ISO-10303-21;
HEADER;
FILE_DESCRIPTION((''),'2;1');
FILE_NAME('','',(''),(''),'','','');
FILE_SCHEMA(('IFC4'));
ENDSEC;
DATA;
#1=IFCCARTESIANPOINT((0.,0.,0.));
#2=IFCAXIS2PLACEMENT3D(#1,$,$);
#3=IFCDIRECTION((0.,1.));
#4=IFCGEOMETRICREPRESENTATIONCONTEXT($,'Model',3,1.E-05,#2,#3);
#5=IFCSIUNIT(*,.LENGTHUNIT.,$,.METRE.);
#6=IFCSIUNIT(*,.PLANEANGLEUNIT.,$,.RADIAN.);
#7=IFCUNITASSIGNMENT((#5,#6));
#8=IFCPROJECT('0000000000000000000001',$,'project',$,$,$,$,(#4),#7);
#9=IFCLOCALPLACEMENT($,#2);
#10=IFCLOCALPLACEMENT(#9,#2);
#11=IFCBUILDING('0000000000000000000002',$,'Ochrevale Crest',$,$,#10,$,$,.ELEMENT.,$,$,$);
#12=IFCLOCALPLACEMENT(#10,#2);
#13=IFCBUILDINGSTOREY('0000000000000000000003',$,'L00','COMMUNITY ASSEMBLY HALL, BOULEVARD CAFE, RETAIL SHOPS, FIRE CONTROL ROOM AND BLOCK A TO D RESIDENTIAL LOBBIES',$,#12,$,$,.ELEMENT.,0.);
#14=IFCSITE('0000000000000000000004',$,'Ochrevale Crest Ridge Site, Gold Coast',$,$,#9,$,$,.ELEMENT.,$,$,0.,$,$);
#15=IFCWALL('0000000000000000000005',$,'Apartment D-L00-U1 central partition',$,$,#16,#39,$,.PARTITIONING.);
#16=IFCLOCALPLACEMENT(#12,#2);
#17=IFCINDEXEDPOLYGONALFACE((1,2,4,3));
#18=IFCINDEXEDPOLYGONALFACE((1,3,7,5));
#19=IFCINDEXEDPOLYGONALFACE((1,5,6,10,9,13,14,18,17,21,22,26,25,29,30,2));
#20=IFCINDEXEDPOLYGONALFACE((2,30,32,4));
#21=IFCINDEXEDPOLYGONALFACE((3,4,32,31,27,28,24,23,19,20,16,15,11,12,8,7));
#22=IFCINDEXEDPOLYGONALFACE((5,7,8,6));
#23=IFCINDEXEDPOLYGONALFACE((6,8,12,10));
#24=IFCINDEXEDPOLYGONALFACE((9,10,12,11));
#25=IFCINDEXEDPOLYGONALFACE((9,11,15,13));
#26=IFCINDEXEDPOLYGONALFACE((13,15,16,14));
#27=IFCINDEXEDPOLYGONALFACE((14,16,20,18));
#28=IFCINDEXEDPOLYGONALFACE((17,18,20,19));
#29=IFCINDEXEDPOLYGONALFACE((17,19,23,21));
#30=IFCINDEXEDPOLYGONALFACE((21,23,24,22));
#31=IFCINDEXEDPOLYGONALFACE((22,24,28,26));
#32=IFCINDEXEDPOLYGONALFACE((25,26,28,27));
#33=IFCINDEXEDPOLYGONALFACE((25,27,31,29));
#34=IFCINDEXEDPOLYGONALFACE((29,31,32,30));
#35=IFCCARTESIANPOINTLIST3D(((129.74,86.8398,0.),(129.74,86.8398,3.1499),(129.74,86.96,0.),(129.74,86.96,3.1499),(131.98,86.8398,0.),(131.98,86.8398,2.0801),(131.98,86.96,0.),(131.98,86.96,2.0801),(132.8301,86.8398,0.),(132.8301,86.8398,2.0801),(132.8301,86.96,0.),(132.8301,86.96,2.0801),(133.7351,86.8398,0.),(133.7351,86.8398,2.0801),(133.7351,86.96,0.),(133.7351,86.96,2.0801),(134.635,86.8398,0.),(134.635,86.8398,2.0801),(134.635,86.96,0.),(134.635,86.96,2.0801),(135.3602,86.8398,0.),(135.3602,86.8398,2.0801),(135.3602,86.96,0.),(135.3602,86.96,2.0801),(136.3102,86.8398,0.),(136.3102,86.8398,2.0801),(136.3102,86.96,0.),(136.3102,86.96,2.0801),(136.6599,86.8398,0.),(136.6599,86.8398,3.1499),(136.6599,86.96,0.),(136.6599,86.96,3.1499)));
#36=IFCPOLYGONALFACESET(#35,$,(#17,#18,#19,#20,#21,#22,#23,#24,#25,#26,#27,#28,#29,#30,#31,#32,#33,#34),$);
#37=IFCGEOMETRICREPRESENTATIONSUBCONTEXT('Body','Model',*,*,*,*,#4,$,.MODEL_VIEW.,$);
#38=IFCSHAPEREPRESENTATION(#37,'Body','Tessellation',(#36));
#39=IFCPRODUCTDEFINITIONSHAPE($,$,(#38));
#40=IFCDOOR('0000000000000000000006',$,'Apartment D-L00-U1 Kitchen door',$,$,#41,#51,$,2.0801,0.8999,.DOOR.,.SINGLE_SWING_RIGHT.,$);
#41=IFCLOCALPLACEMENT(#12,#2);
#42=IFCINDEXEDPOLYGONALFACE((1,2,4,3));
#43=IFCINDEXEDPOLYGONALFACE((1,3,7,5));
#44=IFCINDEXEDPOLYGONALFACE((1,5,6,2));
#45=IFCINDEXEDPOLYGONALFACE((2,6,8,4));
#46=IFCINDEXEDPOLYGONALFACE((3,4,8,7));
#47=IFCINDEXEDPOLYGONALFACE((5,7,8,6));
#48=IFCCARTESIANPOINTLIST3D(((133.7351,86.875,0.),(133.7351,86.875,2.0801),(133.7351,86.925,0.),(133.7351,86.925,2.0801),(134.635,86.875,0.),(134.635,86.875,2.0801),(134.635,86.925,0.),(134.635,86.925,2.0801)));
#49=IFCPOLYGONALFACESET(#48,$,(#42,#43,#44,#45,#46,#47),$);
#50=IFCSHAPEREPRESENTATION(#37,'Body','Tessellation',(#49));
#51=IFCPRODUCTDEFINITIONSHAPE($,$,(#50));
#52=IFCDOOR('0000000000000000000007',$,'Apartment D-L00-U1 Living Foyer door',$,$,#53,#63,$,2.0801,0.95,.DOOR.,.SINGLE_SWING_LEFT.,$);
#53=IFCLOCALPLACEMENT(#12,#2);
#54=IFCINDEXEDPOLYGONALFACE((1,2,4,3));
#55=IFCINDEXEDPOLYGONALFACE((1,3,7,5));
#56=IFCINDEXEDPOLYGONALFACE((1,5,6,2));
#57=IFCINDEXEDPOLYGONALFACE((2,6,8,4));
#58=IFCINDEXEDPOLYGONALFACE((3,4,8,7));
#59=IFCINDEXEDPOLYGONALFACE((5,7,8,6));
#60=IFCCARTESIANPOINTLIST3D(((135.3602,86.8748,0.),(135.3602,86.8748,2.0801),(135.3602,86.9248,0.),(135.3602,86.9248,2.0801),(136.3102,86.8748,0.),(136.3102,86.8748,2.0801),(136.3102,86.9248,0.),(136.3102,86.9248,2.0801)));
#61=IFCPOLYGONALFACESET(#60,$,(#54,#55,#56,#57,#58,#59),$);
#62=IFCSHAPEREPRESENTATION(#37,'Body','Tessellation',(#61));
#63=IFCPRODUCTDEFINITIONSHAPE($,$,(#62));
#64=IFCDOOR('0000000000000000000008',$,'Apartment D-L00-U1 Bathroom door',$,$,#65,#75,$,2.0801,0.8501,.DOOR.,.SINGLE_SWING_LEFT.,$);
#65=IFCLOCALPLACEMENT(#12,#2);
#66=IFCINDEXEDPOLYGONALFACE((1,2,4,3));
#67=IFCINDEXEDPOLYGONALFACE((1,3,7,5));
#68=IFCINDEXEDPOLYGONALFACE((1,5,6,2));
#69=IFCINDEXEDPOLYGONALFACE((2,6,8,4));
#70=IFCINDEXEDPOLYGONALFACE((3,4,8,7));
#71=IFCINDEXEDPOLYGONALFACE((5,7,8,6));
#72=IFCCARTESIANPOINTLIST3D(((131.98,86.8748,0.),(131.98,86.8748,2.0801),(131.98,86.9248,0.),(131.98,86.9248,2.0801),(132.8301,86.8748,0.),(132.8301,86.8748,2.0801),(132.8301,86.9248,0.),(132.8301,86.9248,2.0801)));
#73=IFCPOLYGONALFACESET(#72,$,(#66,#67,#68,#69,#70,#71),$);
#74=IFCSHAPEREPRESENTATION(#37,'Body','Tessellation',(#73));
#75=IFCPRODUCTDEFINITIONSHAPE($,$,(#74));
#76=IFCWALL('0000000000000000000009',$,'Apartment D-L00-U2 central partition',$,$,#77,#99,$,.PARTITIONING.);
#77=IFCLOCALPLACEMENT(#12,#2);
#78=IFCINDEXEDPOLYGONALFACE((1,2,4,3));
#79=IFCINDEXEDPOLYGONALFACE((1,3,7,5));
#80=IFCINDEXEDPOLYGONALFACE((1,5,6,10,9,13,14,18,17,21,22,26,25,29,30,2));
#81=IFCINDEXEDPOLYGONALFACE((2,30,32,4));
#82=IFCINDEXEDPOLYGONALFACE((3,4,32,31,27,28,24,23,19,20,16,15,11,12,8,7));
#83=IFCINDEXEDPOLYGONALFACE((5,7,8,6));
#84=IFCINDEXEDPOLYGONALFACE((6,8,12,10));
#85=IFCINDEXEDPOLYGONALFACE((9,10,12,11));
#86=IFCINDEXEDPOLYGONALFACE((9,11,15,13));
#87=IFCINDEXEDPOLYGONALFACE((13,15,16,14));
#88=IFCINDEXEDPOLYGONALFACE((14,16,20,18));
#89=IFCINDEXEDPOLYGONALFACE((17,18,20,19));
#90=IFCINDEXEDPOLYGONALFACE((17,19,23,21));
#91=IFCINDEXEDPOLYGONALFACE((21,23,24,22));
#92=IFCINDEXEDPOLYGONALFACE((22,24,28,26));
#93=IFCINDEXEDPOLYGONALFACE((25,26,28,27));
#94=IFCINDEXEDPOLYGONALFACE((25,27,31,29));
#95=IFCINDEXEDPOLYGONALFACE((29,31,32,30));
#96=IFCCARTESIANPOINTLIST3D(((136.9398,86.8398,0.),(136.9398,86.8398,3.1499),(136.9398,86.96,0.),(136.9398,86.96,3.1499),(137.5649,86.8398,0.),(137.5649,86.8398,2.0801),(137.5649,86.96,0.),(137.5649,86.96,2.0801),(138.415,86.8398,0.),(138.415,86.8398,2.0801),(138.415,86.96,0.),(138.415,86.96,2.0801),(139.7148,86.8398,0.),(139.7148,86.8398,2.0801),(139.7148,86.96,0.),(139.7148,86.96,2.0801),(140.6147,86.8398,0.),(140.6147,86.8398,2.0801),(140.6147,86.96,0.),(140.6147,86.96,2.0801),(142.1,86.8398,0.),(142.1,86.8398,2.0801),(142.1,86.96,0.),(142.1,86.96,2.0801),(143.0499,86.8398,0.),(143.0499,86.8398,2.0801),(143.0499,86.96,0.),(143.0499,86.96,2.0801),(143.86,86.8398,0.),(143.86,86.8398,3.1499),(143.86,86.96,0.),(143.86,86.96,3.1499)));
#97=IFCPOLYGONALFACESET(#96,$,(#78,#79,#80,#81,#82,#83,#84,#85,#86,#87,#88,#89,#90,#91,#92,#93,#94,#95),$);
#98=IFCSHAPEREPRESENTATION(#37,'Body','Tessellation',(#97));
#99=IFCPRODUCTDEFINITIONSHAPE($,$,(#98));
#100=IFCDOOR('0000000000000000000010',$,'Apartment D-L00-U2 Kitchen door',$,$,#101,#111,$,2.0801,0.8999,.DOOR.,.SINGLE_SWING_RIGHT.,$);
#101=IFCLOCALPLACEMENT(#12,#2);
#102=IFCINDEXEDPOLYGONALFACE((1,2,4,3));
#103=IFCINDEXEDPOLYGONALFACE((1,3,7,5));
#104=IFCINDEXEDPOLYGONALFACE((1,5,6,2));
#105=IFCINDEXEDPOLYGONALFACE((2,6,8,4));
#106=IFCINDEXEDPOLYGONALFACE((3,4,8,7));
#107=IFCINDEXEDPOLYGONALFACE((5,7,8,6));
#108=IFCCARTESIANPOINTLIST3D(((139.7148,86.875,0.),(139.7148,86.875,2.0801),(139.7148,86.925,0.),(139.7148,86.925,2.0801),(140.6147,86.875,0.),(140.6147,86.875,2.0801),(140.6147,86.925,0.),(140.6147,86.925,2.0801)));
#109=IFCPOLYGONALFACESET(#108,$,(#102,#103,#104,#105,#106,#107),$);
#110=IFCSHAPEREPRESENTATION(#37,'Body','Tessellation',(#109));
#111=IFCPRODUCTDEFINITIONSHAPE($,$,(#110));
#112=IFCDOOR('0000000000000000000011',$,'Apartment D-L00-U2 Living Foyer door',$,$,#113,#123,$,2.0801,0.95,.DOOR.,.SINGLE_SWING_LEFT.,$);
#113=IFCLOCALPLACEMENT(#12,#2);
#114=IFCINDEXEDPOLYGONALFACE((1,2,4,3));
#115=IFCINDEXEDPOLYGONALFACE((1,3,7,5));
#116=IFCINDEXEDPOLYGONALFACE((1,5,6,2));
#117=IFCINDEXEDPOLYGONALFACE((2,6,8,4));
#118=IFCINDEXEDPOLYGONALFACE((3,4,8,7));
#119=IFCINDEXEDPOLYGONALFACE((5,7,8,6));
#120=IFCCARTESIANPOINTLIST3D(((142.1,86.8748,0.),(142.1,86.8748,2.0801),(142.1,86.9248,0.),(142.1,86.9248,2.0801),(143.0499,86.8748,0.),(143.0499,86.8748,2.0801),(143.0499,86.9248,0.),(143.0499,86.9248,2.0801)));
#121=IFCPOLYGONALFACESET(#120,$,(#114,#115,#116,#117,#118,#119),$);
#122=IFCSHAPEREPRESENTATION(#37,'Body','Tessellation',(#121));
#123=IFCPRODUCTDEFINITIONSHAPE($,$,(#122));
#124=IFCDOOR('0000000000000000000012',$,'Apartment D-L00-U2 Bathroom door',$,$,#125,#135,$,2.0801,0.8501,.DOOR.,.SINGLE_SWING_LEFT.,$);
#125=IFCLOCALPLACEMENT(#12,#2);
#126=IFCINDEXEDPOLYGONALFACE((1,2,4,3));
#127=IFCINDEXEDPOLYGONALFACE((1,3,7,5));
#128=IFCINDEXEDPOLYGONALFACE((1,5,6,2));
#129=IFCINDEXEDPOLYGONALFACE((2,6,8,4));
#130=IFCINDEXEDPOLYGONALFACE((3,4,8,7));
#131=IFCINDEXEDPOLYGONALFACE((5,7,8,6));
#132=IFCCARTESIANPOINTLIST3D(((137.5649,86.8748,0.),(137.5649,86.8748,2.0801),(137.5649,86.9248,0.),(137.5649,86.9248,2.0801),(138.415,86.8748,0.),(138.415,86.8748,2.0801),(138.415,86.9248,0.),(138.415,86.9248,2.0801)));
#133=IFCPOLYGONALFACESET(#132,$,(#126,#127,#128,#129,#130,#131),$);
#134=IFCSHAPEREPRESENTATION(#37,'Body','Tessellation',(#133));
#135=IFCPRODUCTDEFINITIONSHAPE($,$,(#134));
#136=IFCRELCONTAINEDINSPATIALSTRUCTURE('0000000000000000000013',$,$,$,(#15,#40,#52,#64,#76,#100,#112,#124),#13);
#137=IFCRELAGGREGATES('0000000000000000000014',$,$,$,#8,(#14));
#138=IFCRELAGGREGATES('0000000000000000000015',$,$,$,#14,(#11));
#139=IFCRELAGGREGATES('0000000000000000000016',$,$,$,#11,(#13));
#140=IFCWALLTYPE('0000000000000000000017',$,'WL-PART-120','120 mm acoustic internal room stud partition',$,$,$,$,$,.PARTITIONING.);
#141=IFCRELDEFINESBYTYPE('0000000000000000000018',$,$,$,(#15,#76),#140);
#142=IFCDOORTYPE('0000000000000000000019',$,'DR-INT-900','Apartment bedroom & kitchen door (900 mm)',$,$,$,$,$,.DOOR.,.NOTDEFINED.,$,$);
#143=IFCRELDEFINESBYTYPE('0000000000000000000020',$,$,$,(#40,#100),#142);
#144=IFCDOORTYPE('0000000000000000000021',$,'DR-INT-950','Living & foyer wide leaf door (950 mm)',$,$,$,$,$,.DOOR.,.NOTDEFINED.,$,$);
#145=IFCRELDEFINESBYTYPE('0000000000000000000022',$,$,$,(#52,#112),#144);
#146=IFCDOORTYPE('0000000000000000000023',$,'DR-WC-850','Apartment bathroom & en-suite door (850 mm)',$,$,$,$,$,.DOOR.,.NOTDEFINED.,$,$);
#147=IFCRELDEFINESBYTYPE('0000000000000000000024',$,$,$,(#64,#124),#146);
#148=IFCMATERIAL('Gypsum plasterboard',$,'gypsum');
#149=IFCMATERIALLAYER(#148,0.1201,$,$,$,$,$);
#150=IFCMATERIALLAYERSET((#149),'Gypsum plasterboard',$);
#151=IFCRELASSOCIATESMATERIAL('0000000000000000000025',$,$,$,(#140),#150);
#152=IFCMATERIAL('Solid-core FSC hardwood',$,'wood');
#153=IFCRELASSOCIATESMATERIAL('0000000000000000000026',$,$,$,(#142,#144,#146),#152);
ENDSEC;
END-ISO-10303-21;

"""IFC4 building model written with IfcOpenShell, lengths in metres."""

from ifc_helpers import new_model, si_unit, direction, frame, frame_2d, origin, place, context, subcontext, project, spatial, rectangle, extrude, material, layer, layer_set, type_object, element, fill, save


model = new_model("IFC4")

# Units and contexts
model_context = context("Model", 3, precision=1e-05, world=origin(), true_north=direction((0.0, 1.0)))
body_context = subcontext(model_context, "Body", "Model", "MODEL_VIEW")
ifc_project = project(units=[si_unit("LENGTHUNIT", "METRE"), si_unit("PLANEANGLEUNIT", "RADIAN")], contexts=[model_context])

# Site, building, storey
site_placement = place(None, origin())
site = spatial("IfcSite", under=ifc_project, at=site_placement, Name="Ochrevale Crest Ridge Site, Gold Coast", CompositionType="ELEMENT", RefElevation=0.0)
building_placement = place(site_placement, origin())
building = spatial("IfcBuilding", under=site, at=building_placement, Name="Ochrevale Crest", CompositionType="ELEMENT")
storey_placement = place(building_placement, origin())
storey = spatial("IfcBuildingStorey", under=building, at=storey_placement, Name="L00", Description="COMMUNITY ASSEMBLY HALL, BOULEVARD CAFE, RETAIL SHOPS, FIRE CONTROL ROOM AND BLOCK A TO D RESIDENTIAL LOBBIES", CompositionType="ELEMENT", Elevation=0.0)

# Walls, openings, doors
ifc_material_1 = material(Name="Gypsum plasterboard", Category="gypsum")
ifc_layer_1 = layer(ifc_material_1, 0.1201)
ifc_layer_set_1 = layer_set([ifc_layer_1], Name="Gypsum plasterboard")
wall_type_1 = type_object("IfcWallType", Name="WL-PART-120", Description="120 mm acoustic internal room stud partition", PredefinedType="PARTITIONING", material=ifc_layer_set_1)
wall_1_placement = place(storey_placement, frame((129.74, 86.8999, 0.0), z_axis=(0.0, 0.0, 1.0), x_axis=(1.0, 0.0, 0.0)))
wall_1 = element("IfcWall", 1, at=wall_1_placement, inside=storey, type_object=wall_type_1, Name="Apartment D-L00-U1 central partition", PredefinedType="PARTITIONING", context=body_context, shape_type="SweptSolid", body=[
    extrude(rectangle(XDim=6.9199, YDim=0.1201, at=frame_2d((3.46, 0.0))), origin(), (0.0, 0.0, 1.0), 3.1499),
])
opening_1_placement = place(wall_1_placement, frame((2.24, 0.0, 0.0)))
opening_1 = element("IfcOpeningElement", 2, at=opening_1_placement, cuts=wall_1, PredefinedType="OPENING", context=body_context, shape_type="SweptSolid", body=[
    extrude(rectangle(XDim=0.8501, YDim=2.0801, at=frame_2d((0.425, 1.04))), frame((0.0, 0.0701, 0.0), z_axis=(0.0, -1.0, 0.0), x_axis=(1.0, 0.0, 0.0)), (0.0, 0.0, 1.0), 0.1401),
])
opening_2_placement = place(wall_1_placement, frame((4.895, 0.0, 0.0), z_axis=(0.0, 0.0, 1.0), x_axis=(-1.0, 0.0, 0.0)))
opening_2 = element("IfcOpeningElement", 3, at=opening_2_placement, cuts=wall_1, PredefinedType="OPENING", context=body_context, shape_type="SweptSolid", body=[
    extrude(rectangle(XDim=0.8999, YDim=2.0801, at=frame_2d((0.45, 1.04))), frame((0.0, 0.0701, 0.0), z_axis=(0.0, -1.0, 0.0), x_axis=(1.0, 0.0, 0.0)), (0.0, 0.0, 1.0), 0.1401),
])
opening_3_placement = place(wall_1_placement, frame((5.6201, 0.0, 0.0)))
opening_3 = element("IfcOpeningElement", 4, at=opening_3_placement, cuts=wall_1, PredefinedType="OPENING", context=body_context, shape_type="SweptSolid", body=[
    extrude(rectangle(XDim=0.95, YDim=2.0801, at=frame_2d((0.4751, 1.04))), frame((0.0, 0.0701, 0.0), z_axis=(0.0, -1.0, 0.0), x_axis=(1.0, 0.0, 0.0)), (0.0, 0.0, 1.0), 0.1401),
])
ifc_material_2 = material(Name="Solid-core FSC hardwood", Category="wood")
door_type_1 = type_object("IfcDoorType", Name="DR-INT-900", Description="Apartment bedroom & kitchen door (900 mm)", OperationType="NOTDEFINED", PredefinedType="DOOR", material=ifc_material_2)
door_1_placement = place(opening_2_placement, origin())
door_1 = element("IfcDoor", 5, at=door_1_placement, inside=storey, type_object=door_type_1, Name="Apartment D-L00-U1 Kitchen door", OperationType="SINGLE_SWING_RIGHT", OverallHeight=2.0801, OverallWidth=0.8999, PredefinedType="DOOR", context=body_context, shape_type="SweptSolid", body=[
    extrude(rectangle(XDim=0.8999, YDim=2.0801, at=frame_2d((0.45, 1.04))), frame((0.0, 0.0249, 0.0), z_axis=(0.0, -1.0, 0.0), x_axis=(1.0, 0.0, 0.0)), (0.0, 0.0, 1.0), 0.05),
])
fill(opening_2, door_1)
door_type_2 = type_object("IfcDoorType", Name="DR-INT-950", Description="Living & foyer wide leaf door (950 mm)", OperationType="NOTDEFINED", PredefinedType="DOOR", material=ifc_material_2)
door_2_placement = place(opening_3_placement, origin())
door_2 = element("IfcDoor", 6, at=door_2_placement, inside=storey, type_object=door_type_2, Name="Apartment D-L00-U1 Living Foyer door", OperationType="SINGLE_SWING_LEFT", OverallHeight=2.0801, OverallWidth=0.95, PredefinedType="DOOR", context=body_context, shape_type="SweptSolid", body=[
    extrude(rectangle(XDim=0.95, YDim=2.0801, at=frame_2d((0.4751, 1.04))), frame((0.0, 0.0249, 0.0), z_axis=(0.0, -1.0, 0.0), x_axis=(1.0, 0.0, 0.0)), (0.0, 0.0, 1.0), 0.05),
])
fill(opening_3, door_2)
door_type_3 = type_object("IfcDoorType", Name="DR-WC-850", Description="Apartment bathroom & en-suite door (850 mm)", OperationType="NOTDEFINED", PredefinedType="DOOR", material=ifc_material_2)
door_3_placement = place(opening_1_placement, origin())
door_3 = element("IfcDoor", 7, at=door_3_placement, inside=storey, type_object=door_type_3, Name="Apartment D-L00-U1 Bathroom door", OperationType="SINGLE_SWING_LEFT", OverallHeight=2.0801, OverallWidth=0.8501, PredefinedType="DOOR", context=body_context, shape_type="SweptSolid", body=[
    extrude(rectangle(XDim=0.8501, YDim=2.0801, at=frame_2d((0.425, 1.04))), frame((0.0, 0.0249, 0.0), z_axis=(0.0, -1.0, 0.0), x_axis=(1.0, 0.0, 0.0)), (0.0, 0.0, 1.0), 0.05),
])
fill(opening_1, door_3)
wall_2_placement = place(storey_placement, frame((136.9399, 86.8999, 0.0), z_axis=(0.0, 0.0, 1.0), x_axis=(1.0, 0.0, 0.0)))
wall_2 = element("IfcWall", 8, at=wall_2_placement, inside=storey, type_object=wall_type_1, Name="Apartment D-L00-U2 central partition", PredefinedType="PARTITIONING", context=body_context, shape_type="SweptSolid", body=[
    extrude(rectangle(XDim=6.9202, YDim=0.1201, at=frame_2d((3.46, 0.0))), origin(), (0.0, 0.0, 1.0), 3.1499),
])
opening_4_placement = place(wall_2_placement, frame((0.625, 0.0, 0.0)))
opening_4 = element("IfcOpeningElement", 9, at=opening_4_placement, cuts=wall_2, PredefinedType="OPENING", context=body_context, shape_type="SweptSolid", body=[
    extrude(rectangle(XDim=0.8501, YDim=2.0801, at=frame_2d((0.425, 1.04))), frame((0.0, 0.0701, 0.0), z_axis=(0.0, -1.0, 0.0), x_axis=(1.0, 0.0, 0.0)), (0.0, 0.0, 1.0), 0.1401),
])
opening_5_placement = place(wall_2_placement, frame((3.6748, 0.0, 0.0), z_axis=(0.0, 0.0, 1.0), x_axis=(-1.0, 0.0, 0.0)))
opening_5 = element("IfcOpeningElement", 10, at=opening_5_placement, cuts=wall_2, PredefinedType="OPENING", context=body_context, shape_type="SweptSolid", body=[
    extrude(rectangle(XDim=0.8999, YDim=2.0801, at=frame_2d((0.45, 1.04))), frame((0.0, 0.0701, 0.0), z_axis=(0.0, -1.0, 0.0), x_axis=(1.0, 0.0, 0.0)), (0.0, 0.0, 1.0), 0.1401),
])
opening_6_placement = place(wall_2_placement, frame((5.1599, 0.0, 0.0)))
opening_6 = element("IfcOpeningElement", 11, at=opening_6_placement, cuts=wall_2, PredefinedType="OPENING", context=body_context, shape_type="SweptSolid", body=[
    extrude(rectangle(XDim=0.95, YDim=2.0801, at=frame_2d((0.4751, 1.04))), frame((0.0, 0.0701, 0.0), z_axis=(0.0, -1.0, 0.0), x_axis=(1.0, 0.0, 0.0)), (0.0, 0.0, 1.0), 0.1401),
])
door_4_placement = place(opening_5_placement, origin())
door_4 = element("IfcDoor", 12, at=door_4_placement, inside=storey, type_object=door_type_1, Name="Apartment D-L00-U2 Kitchen door", OperationType="SINGLE_SWING_RIGHT", OverallHeight=2.0801, OverallWidth=0.8999, PredefinedType="DOOR", context=body_context, shape_type="SweptSolid", body=[
    extrude(rectangle(XDim=0.8999, YDim=2.0801, at=frame_2d((0.45, 1.04))), frame((0.0, 0.0249, 0.0), z_axis=(0.0, -1.0, 0.0), x_axis=(1.0, 0.0, 0.0)), (0.0, 0.0, 1.0), 0.05),
])
fill(opening_5, door_4)
door_5_placement = place(opening_6_placement, origin())
door_5 = element("IfcDoor", 13, at=door_5_placement, inside=storey, type_object=door_type_2, Name="Apartment D-L00-U2 Living Foyer door", OperationType="SINGLE_SWING_LEFT", OverallHeight=2.0801, OverallWidth=0.95, PredefinedType="DOOR", context=body_context, shape_type="SweptSolid", body=[
    extrude(rectangle(XDim=0.95, YDim=2.0801, at=frame_2d((0.4751, 1.04))), frame((0.0, 0.0249, 0.0), z_axis=(0.0, -1.0, 0.0), x_axis=(1.0, 0.0, 0.0)), (0.0, 0.0, 1.0), 0.05),
])
fill(opening_6, door_5)
door_6_placement = place(opening_4_placement, origin())
door_6 = element("IfcDoor", 14, at=door_6_placement, inside=storey, type_object=door_type_3, Name="Apartment D-L00-U2 Bathroom door", OperationType="SINGLE_SWING_LEFT", OverallHeight=2.0801, OverallWidth=0.8501, PredefinedType="DOOR", context=body_context, shape_type="SweptSolid", body=[
    extrude(rectangle(XDim=0.8501, YDim=2.0801, at=frame_2d((0.425, 1.04))), frame((0.0, 0.0249, 0.0), z_axis=(0.0, -1.0, 0.0), x_axis=(1.0, 0.0, 0.0)), (0.0, 0.0, 1.0), 0.05),
])
fill(opening_4, door_6)

save(model, "model.ifc")
